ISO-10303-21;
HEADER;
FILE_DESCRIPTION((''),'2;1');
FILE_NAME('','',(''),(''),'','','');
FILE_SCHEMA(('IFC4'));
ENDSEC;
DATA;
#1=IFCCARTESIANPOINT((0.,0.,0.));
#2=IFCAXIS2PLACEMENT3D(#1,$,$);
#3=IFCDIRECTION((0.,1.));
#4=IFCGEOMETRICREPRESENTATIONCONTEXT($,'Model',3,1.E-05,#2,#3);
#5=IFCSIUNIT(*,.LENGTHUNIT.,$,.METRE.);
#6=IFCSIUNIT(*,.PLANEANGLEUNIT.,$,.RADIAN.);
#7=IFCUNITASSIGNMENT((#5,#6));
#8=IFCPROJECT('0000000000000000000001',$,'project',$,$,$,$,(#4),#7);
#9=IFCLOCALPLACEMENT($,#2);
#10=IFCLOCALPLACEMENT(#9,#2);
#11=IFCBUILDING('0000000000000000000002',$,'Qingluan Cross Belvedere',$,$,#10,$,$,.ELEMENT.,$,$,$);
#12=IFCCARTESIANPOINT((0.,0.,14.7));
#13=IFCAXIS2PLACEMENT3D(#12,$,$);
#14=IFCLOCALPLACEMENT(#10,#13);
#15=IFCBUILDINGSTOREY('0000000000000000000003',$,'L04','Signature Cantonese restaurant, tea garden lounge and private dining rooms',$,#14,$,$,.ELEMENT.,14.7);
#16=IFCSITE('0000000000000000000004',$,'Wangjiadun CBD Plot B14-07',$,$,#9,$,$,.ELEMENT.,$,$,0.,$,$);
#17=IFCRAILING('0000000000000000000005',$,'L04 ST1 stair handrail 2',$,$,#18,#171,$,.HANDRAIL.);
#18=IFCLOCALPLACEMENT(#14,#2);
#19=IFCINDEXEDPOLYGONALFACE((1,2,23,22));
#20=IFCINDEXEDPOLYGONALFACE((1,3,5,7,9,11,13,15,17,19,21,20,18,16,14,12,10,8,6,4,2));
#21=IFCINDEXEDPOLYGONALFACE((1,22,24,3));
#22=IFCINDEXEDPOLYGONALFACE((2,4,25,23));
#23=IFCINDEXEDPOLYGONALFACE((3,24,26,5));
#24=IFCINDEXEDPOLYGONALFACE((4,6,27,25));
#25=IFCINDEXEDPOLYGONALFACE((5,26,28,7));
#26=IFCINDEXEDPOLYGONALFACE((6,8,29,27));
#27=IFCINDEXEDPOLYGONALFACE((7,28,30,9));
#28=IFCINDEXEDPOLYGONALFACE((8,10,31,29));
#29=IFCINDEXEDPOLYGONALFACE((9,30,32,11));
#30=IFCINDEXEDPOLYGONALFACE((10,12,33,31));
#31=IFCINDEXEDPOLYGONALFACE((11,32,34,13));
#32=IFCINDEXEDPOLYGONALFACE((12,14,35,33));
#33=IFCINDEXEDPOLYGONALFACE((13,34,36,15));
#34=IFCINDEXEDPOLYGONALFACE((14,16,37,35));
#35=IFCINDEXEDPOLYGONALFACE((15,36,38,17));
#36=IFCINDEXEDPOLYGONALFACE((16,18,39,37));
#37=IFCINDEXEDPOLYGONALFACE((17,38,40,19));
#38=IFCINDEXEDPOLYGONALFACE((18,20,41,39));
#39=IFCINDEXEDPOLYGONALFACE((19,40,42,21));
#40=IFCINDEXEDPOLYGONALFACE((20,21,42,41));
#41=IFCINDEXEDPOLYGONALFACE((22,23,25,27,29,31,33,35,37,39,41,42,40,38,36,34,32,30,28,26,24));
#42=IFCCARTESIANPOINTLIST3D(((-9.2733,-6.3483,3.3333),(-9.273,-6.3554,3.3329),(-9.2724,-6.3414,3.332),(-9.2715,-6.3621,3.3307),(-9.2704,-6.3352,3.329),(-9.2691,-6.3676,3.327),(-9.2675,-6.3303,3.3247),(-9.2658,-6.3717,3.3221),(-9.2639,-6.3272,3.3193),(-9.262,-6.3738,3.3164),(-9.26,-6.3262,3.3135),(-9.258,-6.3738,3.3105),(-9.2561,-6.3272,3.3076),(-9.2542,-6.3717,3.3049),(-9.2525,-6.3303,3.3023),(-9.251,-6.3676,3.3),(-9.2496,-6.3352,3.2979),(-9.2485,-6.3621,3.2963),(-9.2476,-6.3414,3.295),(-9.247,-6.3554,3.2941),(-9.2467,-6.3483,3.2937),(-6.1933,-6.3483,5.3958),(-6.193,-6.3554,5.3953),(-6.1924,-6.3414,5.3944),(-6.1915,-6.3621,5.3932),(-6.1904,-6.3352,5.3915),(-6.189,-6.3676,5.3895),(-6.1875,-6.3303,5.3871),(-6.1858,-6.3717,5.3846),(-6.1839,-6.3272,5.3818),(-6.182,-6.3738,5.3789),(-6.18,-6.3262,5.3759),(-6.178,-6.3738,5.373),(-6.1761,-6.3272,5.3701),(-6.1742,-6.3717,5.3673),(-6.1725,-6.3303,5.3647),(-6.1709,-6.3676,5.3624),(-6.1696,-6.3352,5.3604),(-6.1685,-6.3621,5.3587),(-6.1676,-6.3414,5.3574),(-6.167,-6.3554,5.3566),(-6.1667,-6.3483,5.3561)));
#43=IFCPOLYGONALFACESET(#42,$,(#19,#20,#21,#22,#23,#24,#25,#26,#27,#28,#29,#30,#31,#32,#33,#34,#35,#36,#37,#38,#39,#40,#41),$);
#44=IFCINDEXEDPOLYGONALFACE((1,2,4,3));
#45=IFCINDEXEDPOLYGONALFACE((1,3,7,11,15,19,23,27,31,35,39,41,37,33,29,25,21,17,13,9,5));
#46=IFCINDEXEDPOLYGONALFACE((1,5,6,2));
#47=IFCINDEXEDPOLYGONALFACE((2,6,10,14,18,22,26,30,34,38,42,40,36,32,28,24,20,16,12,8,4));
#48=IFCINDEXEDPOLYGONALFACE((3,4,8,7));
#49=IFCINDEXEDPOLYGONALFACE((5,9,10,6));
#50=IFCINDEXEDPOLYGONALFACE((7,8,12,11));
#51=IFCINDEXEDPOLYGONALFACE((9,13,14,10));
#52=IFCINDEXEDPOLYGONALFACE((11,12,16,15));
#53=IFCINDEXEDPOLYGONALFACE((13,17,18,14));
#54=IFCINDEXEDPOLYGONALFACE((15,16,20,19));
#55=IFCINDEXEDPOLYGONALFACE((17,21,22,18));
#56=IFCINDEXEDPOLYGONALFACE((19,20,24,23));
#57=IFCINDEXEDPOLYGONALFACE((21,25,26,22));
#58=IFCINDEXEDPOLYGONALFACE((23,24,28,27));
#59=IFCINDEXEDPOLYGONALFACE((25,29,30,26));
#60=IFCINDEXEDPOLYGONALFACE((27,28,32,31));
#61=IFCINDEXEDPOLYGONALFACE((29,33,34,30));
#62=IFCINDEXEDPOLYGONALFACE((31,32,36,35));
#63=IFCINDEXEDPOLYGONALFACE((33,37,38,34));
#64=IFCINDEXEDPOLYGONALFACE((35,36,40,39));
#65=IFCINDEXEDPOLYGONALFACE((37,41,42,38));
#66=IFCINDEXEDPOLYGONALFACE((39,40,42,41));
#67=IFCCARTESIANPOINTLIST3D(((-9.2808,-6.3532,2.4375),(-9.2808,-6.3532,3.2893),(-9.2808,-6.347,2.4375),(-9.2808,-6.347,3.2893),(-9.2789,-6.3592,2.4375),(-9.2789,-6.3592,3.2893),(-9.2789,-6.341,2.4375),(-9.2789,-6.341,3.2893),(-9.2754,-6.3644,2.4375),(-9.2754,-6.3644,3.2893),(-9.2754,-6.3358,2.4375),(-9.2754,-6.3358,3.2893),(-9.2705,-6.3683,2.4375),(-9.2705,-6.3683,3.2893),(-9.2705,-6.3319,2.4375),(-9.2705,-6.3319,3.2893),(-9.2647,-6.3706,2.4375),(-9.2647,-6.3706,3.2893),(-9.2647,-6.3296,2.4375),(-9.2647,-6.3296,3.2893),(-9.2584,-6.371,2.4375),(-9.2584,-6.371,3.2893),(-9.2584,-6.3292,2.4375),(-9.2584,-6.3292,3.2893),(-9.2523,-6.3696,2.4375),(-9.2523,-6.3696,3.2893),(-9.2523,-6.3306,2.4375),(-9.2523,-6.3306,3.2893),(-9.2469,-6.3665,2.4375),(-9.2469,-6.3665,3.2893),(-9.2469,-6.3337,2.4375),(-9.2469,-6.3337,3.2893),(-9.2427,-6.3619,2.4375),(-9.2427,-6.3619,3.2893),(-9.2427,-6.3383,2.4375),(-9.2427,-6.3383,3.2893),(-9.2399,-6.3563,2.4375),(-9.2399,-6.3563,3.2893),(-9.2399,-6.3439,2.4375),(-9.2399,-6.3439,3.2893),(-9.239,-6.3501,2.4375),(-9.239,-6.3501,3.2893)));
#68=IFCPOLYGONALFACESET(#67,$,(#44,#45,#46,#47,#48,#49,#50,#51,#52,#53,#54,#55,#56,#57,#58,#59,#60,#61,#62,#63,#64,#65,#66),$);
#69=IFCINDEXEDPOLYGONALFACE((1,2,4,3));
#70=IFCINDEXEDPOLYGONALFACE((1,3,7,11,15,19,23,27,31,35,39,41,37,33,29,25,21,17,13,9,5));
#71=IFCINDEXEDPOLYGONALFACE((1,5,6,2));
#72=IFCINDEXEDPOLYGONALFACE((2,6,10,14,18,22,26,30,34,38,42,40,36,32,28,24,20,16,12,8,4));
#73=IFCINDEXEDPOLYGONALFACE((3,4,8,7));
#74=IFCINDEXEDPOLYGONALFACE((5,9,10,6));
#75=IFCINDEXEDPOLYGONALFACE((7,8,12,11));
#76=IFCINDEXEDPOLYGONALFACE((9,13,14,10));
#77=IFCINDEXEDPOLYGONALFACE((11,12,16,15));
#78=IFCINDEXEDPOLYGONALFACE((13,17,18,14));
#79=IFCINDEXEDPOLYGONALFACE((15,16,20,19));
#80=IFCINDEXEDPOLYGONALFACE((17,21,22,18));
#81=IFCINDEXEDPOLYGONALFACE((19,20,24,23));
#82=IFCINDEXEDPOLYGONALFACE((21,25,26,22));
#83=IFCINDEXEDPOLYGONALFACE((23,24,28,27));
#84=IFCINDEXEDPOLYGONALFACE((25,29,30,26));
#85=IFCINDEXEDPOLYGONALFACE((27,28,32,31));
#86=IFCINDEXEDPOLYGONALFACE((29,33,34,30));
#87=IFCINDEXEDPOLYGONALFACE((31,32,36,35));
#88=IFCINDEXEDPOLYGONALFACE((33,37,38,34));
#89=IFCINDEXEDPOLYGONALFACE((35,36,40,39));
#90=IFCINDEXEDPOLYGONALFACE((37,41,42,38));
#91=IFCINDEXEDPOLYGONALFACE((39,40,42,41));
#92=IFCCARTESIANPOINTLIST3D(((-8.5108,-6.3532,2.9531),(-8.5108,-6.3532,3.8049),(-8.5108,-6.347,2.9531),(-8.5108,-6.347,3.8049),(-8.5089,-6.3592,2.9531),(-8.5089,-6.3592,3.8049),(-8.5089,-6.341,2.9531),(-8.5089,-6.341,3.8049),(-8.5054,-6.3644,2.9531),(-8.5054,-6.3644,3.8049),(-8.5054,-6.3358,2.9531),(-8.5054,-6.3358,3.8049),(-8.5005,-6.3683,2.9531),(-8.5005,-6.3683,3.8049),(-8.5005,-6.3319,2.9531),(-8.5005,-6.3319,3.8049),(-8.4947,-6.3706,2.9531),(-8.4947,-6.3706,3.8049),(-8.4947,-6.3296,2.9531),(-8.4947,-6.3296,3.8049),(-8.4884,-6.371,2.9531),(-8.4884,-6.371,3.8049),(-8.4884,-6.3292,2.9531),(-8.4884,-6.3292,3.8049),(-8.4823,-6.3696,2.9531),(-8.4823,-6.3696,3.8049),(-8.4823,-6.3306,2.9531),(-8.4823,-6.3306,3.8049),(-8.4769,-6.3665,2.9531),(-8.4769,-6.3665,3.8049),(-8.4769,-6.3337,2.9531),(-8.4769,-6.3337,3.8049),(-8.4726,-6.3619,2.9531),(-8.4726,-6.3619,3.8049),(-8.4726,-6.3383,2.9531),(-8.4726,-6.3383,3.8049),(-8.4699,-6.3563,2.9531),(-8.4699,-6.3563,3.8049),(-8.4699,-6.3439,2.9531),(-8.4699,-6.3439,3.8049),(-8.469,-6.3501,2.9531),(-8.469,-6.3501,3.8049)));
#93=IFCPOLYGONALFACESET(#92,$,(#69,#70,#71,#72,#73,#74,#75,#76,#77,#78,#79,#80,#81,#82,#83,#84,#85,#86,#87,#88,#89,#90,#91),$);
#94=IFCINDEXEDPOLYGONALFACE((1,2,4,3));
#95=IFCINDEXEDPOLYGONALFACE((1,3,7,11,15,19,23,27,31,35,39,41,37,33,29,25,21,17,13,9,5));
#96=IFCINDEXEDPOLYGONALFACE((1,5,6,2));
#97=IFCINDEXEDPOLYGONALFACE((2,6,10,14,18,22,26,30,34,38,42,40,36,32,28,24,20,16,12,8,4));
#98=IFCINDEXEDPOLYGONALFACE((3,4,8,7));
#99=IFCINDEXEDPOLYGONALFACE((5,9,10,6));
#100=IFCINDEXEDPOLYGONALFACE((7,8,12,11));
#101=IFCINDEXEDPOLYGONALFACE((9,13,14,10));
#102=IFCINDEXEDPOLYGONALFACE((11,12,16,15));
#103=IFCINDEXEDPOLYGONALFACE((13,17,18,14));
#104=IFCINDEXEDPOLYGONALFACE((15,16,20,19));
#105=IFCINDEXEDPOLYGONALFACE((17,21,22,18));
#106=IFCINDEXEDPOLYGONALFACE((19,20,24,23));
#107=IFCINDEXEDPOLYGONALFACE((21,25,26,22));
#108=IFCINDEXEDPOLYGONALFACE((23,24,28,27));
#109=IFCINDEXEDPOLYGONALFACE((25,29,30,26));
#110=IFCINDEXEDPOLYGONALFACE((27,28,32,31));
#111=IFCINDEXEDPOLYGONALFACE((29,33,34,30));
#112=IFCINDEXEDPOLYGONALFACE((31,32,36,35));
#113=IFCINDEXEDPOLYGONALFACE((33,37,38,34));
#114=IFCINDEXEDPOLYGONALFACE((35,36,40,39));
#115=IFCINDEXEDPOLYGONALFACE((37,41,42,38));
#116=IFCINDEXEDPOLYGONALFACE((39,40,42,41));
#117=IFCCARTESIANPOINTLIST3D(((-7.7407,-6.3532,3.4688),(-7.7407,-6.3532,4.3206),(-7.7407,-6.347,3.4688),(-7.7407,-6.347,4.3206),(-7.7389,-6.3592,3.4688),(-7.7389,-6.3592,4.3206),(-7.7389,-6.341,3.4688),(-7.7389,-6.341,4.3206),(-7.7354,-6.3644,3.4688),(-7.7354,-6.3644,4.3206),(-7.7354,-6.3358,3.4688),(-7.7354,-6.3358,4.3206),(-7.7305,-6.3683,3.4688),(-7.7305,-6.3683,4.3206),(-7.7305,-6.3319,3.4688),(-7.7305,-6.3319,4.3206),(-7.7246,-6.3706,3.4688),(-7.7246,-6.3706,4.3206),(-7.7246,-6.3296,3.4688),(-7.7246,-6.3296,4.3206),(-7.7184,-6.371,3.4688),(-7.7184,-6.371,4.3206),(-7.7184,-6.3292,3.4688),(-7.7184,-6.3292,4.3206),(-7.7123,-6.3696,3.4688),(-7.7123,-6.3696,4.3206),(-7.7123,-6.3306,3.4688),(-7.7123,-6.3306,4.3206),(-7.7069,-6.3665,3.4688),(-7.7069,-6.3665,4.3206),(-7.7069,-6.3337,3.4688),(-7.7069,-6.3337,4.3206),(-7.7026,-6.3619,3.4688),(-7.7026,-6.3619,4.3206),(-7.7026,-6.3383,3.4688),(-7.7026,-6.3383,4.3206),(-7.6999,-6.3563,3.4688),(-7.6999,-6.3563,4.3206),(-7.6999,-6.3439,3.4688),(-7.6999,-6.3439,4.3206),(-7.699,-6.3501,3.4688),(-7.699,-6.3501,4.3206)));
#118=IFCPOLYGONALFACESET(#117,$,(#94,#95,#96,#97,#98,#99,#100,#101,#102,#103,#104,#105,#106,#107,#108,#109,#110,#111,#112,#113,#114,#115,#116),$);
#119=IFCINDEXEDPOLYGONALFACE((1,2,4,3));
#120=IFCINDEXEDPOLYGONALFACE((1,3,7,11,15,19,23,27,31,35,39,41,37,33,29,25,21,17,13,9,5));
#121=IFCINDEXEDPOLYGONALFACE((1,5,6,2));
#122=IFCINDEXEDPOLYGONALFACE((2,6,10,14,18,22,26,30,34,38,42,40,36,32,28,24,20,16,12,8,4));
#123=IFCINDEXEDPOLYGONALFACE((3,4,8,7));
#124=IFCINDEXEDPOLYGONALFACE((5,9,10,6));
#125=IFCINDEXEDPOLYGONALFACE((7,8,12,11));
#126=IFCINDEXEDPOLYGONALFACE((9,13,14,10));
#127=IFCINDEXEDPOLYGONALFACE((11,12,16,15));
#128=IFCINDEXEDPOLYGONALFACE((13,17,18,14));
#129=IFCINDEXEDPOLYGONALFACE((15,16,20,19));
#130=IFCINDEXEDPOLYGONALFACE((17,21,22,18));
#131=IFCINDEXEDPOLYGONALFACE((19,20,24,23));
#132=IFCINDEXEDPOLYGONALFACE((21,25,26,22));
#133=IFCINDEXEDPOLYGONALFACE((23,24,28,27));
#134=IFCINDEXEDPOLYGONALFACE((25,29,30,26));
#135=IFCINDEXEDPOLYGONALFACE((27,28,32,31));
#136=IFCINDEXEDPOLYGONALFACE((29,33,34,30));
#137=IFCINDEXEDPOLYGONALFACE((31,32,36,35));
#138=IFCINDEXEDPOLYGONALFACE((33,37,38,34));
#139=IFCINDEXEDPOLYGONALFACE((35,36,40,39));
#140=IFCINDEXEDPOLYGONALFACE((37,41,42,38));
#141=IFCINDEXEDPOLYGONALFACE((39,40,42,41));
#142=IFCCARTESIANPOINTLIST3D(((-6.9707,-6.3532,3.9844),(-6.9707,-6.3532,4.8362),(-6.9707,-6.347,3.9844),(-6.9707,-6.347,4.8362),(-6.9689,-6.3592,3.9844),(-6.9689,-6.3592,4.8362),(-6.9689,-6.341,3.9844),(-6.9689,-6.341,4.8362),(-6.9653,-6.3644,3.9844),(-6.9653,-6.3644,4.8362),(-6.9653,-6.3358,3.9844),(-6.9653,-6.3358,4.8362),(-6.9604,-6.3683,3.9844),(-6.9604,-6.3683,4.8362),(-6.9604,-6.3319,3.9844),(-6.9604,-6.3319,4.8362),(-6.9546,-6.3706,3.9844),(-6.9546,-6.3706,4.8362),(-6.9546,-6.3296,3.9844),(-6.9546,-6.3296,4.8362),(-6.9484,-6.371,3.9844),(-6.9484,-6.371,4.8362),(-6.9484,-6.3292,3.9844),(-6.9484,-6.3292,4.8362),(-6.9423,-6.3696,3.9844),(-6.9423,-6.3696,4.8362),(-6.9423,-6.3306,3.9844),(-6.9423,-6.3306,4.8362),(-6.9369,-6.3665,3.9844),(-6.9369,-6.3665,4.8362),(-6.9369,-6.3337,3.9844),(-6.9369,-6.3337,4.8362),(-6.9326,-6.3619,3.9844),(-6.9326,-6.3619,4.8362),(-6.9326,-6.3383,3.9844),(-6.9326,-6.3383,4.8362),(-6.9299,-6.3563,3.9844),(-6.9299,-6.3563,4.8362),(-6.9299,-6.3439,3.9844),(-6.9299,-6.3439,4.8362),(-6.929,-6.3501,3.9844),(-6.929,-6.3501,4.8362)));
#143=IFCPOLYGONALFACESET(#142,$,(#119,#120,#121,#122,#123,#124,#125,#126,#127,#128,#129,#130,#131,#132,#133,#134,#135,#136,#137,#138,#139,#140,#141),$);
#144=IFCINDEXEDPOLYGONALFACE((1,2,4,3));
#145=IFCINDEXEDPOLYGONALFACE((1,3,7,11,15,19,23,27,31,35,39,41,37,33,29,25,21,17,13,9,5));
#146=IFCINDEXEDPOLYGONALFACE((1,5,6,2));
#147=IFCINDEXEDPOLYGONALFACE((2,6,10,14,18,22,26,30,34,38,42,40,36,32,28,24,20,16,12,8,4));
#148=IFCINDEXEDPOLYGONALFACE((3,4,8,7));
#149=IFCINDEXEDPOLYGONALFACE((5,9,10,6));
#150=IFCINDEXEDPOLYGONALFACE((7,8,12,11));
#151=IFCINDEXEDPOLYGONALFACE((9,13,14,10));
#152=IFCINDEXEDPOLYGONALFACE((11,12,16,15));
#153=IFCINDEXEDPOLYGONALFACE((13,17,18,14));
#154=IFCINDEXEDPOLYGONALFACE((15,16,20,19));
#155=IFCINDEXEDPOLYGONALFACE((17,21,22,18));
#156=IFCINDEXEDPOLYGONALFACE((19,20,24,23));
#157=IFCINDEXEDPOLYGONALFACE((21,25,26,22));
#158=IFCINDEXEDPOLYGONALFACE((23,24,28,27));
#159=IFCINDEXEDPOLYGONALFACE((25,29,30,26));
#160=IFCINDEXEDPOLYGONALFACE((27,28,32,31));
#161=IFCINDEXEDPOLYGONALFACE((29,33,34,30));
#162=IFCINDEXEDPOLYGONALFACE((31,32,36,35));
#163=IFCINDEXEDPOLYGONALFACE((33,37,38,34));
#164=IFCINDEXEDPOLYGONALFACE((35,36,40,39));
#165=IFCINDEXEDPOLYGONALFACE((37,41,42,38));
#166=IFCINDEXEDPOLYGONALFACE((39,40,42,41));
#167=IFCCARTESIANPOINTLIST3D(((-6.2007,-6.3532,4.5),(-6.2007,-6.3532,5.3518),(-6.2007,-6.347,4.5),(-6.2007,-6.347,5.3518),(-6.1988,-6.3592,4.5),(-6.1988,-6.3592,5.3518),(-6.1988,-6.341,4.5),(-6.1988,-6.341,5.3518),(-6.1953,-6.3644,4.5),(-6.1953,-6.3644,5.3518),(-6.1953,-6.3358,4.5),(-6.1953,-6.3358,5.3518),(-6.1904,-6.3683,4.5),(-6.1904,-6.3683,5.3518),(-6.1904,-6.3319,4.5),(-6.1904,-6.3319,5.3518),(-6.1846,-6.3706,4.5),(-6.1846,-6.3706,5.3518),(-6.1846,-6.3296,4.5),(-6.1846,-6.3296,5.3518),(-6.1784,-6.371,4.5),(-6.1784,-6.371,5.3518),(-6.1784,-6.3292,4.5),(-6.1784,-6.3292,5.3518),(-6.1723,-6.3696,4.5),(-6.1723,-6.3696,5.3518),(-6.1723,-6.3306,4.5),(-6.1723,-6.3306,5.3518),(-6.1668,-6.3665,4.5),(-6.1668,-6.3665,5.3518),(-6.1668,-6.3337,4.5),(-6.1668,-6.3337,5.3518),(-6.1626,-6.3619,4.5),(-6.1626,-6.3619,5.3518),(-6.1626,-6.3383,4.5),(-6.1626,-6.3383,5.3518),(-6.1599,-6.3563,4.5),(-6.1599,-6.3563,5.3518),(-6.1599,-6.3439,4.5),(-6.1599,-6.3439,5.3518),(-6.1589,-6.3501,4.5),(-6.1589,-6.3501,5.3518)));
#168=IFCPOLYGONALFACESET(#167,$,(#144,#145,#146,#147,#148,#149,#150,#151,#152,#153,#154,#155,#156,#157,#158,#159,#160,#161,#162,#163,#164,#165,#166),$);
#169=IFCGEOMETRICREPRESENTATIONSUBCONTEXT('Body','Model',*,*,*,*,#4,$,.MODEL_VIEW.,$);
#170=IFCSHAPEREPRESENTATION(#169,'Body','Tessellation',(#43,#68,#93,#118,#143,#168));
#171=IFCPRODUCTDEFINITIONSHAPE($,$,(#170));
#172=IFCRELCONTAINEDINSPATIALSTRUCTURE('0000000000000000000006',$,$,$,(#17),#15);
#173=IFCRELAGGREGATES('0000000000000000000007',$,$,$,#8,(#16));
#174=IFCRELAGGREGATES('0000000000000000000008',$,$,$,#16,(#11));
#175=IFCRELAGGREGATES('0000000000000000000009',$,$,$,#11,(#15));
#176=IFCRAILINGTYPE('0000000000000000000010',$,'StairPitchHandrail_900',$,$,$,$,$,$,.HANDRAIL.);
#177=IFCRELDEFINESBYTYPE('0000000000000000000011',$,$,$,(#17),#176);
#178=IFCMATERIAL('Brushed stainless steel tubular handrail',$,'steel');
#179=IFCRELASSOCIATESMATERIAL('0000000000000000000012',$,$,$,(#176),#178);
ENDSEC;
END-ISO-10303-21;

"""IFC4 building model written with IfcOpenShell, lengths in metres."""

from ifc_helpers import new_model, si_unit, direction, frame, origin, origin_2d, place, context, subcontext, project, spatial, circle, extrude, material, type_object, element, save


model = new_model("IFC4")

# Units and contexts
model_context = context("Model", 3, precision=1e-05, world=origin(), true_north=direction((0.0, 1.0)))
body_context = subcontext(model_context, "Body", "Model", "MODEL_VIEW")
ifc_project = project(units=[si_unit("LENGTHUNIT", "METRE"), si_unit("PLANEANGLEUNIT", "RADIAN")], contexts=[model_context])

# Site, building, storey
site_placement = place(None, origin())
site = spatial("IfcSite", under=ifc_project, at=site_placement, Name="Wangjiadun CBD Plot B14-07", CompositionType="ELEMENT", RefElevation=0.0)
building_placement = place(site_placement, origin())
building = spatial("IfcBuilding", under=site, at=building_placement, Name="Qingluan Cross Belvedere", CompositionType="ELEMENT")
storey_placement = place(building_placement, frame((0.0, 0.0, 14.7)))
storey = spatial("IfcBuildingStorey", under=building, at=storey_placement, Name="L04", Description="Signature Cantonese restaurant, tea garden lounge and private dining rooms", CompositionType="ELEMENT", Elevation=14.7)

# Railing
ifc_material_1 = material(Name="Brushed stainless steel tubular handrail", Category="steel")
railing_type_1 = type_object("IfcRailingType", Name="StairPitchHandrail_900", PredefinedType="HANDRAIL", material=ifc_material_1)
railing_1_placement = place(storey_placement, frame((-9.26, -6.3501, 2.4375)))
element("IfcRailing", 1, at=railing_1_placement, inside=storey, type_object=railing_type_1, Name="L04 ST1 stair handrail 2", PredefinedType="HANDRAIL", context=body_context, shape_type="SweptSolid", body=[
    extrude(circle(Radius=0.0239, at=origin_2d()), frame((0.0, 0.0, 0.876), z_axis=(0.830914, 0.0, 0.556401), x_axis=(0.0, 1.0, 0.0)), (0.0, 0.0, 1.0), 3.7068),
    extrude(circle(Radius=0.021, at=origin_2d()), origin(), (0.0, 0.0, 1.0), 0.8518),
    extrude(circle(Radius=0.021, at=origin_2d()), frame((0.77, 0.0, 0.5156)), (0.0, 0.0, 1.0), 0.8518),
    extrude(circle(Radius=0.021, at=origin_2d()), frame((1.54, 0.0, 1.0312)), (0.0, 0.0, 1.0), 0.8518),
    extrude(circle(Radius=0.021, at=origin_2d()), frame((2.3101, 0.0, 1.5469)), (0.0, 0.0, 1.0), 0.8518),
    extrude(circle(Radius=0.021, at=origin_2d()), frame((3.0801, 0.0, 2.0625)), (0.0, 0.0, 1.0), 0.8518),
])

save(model, "model.ifc")
